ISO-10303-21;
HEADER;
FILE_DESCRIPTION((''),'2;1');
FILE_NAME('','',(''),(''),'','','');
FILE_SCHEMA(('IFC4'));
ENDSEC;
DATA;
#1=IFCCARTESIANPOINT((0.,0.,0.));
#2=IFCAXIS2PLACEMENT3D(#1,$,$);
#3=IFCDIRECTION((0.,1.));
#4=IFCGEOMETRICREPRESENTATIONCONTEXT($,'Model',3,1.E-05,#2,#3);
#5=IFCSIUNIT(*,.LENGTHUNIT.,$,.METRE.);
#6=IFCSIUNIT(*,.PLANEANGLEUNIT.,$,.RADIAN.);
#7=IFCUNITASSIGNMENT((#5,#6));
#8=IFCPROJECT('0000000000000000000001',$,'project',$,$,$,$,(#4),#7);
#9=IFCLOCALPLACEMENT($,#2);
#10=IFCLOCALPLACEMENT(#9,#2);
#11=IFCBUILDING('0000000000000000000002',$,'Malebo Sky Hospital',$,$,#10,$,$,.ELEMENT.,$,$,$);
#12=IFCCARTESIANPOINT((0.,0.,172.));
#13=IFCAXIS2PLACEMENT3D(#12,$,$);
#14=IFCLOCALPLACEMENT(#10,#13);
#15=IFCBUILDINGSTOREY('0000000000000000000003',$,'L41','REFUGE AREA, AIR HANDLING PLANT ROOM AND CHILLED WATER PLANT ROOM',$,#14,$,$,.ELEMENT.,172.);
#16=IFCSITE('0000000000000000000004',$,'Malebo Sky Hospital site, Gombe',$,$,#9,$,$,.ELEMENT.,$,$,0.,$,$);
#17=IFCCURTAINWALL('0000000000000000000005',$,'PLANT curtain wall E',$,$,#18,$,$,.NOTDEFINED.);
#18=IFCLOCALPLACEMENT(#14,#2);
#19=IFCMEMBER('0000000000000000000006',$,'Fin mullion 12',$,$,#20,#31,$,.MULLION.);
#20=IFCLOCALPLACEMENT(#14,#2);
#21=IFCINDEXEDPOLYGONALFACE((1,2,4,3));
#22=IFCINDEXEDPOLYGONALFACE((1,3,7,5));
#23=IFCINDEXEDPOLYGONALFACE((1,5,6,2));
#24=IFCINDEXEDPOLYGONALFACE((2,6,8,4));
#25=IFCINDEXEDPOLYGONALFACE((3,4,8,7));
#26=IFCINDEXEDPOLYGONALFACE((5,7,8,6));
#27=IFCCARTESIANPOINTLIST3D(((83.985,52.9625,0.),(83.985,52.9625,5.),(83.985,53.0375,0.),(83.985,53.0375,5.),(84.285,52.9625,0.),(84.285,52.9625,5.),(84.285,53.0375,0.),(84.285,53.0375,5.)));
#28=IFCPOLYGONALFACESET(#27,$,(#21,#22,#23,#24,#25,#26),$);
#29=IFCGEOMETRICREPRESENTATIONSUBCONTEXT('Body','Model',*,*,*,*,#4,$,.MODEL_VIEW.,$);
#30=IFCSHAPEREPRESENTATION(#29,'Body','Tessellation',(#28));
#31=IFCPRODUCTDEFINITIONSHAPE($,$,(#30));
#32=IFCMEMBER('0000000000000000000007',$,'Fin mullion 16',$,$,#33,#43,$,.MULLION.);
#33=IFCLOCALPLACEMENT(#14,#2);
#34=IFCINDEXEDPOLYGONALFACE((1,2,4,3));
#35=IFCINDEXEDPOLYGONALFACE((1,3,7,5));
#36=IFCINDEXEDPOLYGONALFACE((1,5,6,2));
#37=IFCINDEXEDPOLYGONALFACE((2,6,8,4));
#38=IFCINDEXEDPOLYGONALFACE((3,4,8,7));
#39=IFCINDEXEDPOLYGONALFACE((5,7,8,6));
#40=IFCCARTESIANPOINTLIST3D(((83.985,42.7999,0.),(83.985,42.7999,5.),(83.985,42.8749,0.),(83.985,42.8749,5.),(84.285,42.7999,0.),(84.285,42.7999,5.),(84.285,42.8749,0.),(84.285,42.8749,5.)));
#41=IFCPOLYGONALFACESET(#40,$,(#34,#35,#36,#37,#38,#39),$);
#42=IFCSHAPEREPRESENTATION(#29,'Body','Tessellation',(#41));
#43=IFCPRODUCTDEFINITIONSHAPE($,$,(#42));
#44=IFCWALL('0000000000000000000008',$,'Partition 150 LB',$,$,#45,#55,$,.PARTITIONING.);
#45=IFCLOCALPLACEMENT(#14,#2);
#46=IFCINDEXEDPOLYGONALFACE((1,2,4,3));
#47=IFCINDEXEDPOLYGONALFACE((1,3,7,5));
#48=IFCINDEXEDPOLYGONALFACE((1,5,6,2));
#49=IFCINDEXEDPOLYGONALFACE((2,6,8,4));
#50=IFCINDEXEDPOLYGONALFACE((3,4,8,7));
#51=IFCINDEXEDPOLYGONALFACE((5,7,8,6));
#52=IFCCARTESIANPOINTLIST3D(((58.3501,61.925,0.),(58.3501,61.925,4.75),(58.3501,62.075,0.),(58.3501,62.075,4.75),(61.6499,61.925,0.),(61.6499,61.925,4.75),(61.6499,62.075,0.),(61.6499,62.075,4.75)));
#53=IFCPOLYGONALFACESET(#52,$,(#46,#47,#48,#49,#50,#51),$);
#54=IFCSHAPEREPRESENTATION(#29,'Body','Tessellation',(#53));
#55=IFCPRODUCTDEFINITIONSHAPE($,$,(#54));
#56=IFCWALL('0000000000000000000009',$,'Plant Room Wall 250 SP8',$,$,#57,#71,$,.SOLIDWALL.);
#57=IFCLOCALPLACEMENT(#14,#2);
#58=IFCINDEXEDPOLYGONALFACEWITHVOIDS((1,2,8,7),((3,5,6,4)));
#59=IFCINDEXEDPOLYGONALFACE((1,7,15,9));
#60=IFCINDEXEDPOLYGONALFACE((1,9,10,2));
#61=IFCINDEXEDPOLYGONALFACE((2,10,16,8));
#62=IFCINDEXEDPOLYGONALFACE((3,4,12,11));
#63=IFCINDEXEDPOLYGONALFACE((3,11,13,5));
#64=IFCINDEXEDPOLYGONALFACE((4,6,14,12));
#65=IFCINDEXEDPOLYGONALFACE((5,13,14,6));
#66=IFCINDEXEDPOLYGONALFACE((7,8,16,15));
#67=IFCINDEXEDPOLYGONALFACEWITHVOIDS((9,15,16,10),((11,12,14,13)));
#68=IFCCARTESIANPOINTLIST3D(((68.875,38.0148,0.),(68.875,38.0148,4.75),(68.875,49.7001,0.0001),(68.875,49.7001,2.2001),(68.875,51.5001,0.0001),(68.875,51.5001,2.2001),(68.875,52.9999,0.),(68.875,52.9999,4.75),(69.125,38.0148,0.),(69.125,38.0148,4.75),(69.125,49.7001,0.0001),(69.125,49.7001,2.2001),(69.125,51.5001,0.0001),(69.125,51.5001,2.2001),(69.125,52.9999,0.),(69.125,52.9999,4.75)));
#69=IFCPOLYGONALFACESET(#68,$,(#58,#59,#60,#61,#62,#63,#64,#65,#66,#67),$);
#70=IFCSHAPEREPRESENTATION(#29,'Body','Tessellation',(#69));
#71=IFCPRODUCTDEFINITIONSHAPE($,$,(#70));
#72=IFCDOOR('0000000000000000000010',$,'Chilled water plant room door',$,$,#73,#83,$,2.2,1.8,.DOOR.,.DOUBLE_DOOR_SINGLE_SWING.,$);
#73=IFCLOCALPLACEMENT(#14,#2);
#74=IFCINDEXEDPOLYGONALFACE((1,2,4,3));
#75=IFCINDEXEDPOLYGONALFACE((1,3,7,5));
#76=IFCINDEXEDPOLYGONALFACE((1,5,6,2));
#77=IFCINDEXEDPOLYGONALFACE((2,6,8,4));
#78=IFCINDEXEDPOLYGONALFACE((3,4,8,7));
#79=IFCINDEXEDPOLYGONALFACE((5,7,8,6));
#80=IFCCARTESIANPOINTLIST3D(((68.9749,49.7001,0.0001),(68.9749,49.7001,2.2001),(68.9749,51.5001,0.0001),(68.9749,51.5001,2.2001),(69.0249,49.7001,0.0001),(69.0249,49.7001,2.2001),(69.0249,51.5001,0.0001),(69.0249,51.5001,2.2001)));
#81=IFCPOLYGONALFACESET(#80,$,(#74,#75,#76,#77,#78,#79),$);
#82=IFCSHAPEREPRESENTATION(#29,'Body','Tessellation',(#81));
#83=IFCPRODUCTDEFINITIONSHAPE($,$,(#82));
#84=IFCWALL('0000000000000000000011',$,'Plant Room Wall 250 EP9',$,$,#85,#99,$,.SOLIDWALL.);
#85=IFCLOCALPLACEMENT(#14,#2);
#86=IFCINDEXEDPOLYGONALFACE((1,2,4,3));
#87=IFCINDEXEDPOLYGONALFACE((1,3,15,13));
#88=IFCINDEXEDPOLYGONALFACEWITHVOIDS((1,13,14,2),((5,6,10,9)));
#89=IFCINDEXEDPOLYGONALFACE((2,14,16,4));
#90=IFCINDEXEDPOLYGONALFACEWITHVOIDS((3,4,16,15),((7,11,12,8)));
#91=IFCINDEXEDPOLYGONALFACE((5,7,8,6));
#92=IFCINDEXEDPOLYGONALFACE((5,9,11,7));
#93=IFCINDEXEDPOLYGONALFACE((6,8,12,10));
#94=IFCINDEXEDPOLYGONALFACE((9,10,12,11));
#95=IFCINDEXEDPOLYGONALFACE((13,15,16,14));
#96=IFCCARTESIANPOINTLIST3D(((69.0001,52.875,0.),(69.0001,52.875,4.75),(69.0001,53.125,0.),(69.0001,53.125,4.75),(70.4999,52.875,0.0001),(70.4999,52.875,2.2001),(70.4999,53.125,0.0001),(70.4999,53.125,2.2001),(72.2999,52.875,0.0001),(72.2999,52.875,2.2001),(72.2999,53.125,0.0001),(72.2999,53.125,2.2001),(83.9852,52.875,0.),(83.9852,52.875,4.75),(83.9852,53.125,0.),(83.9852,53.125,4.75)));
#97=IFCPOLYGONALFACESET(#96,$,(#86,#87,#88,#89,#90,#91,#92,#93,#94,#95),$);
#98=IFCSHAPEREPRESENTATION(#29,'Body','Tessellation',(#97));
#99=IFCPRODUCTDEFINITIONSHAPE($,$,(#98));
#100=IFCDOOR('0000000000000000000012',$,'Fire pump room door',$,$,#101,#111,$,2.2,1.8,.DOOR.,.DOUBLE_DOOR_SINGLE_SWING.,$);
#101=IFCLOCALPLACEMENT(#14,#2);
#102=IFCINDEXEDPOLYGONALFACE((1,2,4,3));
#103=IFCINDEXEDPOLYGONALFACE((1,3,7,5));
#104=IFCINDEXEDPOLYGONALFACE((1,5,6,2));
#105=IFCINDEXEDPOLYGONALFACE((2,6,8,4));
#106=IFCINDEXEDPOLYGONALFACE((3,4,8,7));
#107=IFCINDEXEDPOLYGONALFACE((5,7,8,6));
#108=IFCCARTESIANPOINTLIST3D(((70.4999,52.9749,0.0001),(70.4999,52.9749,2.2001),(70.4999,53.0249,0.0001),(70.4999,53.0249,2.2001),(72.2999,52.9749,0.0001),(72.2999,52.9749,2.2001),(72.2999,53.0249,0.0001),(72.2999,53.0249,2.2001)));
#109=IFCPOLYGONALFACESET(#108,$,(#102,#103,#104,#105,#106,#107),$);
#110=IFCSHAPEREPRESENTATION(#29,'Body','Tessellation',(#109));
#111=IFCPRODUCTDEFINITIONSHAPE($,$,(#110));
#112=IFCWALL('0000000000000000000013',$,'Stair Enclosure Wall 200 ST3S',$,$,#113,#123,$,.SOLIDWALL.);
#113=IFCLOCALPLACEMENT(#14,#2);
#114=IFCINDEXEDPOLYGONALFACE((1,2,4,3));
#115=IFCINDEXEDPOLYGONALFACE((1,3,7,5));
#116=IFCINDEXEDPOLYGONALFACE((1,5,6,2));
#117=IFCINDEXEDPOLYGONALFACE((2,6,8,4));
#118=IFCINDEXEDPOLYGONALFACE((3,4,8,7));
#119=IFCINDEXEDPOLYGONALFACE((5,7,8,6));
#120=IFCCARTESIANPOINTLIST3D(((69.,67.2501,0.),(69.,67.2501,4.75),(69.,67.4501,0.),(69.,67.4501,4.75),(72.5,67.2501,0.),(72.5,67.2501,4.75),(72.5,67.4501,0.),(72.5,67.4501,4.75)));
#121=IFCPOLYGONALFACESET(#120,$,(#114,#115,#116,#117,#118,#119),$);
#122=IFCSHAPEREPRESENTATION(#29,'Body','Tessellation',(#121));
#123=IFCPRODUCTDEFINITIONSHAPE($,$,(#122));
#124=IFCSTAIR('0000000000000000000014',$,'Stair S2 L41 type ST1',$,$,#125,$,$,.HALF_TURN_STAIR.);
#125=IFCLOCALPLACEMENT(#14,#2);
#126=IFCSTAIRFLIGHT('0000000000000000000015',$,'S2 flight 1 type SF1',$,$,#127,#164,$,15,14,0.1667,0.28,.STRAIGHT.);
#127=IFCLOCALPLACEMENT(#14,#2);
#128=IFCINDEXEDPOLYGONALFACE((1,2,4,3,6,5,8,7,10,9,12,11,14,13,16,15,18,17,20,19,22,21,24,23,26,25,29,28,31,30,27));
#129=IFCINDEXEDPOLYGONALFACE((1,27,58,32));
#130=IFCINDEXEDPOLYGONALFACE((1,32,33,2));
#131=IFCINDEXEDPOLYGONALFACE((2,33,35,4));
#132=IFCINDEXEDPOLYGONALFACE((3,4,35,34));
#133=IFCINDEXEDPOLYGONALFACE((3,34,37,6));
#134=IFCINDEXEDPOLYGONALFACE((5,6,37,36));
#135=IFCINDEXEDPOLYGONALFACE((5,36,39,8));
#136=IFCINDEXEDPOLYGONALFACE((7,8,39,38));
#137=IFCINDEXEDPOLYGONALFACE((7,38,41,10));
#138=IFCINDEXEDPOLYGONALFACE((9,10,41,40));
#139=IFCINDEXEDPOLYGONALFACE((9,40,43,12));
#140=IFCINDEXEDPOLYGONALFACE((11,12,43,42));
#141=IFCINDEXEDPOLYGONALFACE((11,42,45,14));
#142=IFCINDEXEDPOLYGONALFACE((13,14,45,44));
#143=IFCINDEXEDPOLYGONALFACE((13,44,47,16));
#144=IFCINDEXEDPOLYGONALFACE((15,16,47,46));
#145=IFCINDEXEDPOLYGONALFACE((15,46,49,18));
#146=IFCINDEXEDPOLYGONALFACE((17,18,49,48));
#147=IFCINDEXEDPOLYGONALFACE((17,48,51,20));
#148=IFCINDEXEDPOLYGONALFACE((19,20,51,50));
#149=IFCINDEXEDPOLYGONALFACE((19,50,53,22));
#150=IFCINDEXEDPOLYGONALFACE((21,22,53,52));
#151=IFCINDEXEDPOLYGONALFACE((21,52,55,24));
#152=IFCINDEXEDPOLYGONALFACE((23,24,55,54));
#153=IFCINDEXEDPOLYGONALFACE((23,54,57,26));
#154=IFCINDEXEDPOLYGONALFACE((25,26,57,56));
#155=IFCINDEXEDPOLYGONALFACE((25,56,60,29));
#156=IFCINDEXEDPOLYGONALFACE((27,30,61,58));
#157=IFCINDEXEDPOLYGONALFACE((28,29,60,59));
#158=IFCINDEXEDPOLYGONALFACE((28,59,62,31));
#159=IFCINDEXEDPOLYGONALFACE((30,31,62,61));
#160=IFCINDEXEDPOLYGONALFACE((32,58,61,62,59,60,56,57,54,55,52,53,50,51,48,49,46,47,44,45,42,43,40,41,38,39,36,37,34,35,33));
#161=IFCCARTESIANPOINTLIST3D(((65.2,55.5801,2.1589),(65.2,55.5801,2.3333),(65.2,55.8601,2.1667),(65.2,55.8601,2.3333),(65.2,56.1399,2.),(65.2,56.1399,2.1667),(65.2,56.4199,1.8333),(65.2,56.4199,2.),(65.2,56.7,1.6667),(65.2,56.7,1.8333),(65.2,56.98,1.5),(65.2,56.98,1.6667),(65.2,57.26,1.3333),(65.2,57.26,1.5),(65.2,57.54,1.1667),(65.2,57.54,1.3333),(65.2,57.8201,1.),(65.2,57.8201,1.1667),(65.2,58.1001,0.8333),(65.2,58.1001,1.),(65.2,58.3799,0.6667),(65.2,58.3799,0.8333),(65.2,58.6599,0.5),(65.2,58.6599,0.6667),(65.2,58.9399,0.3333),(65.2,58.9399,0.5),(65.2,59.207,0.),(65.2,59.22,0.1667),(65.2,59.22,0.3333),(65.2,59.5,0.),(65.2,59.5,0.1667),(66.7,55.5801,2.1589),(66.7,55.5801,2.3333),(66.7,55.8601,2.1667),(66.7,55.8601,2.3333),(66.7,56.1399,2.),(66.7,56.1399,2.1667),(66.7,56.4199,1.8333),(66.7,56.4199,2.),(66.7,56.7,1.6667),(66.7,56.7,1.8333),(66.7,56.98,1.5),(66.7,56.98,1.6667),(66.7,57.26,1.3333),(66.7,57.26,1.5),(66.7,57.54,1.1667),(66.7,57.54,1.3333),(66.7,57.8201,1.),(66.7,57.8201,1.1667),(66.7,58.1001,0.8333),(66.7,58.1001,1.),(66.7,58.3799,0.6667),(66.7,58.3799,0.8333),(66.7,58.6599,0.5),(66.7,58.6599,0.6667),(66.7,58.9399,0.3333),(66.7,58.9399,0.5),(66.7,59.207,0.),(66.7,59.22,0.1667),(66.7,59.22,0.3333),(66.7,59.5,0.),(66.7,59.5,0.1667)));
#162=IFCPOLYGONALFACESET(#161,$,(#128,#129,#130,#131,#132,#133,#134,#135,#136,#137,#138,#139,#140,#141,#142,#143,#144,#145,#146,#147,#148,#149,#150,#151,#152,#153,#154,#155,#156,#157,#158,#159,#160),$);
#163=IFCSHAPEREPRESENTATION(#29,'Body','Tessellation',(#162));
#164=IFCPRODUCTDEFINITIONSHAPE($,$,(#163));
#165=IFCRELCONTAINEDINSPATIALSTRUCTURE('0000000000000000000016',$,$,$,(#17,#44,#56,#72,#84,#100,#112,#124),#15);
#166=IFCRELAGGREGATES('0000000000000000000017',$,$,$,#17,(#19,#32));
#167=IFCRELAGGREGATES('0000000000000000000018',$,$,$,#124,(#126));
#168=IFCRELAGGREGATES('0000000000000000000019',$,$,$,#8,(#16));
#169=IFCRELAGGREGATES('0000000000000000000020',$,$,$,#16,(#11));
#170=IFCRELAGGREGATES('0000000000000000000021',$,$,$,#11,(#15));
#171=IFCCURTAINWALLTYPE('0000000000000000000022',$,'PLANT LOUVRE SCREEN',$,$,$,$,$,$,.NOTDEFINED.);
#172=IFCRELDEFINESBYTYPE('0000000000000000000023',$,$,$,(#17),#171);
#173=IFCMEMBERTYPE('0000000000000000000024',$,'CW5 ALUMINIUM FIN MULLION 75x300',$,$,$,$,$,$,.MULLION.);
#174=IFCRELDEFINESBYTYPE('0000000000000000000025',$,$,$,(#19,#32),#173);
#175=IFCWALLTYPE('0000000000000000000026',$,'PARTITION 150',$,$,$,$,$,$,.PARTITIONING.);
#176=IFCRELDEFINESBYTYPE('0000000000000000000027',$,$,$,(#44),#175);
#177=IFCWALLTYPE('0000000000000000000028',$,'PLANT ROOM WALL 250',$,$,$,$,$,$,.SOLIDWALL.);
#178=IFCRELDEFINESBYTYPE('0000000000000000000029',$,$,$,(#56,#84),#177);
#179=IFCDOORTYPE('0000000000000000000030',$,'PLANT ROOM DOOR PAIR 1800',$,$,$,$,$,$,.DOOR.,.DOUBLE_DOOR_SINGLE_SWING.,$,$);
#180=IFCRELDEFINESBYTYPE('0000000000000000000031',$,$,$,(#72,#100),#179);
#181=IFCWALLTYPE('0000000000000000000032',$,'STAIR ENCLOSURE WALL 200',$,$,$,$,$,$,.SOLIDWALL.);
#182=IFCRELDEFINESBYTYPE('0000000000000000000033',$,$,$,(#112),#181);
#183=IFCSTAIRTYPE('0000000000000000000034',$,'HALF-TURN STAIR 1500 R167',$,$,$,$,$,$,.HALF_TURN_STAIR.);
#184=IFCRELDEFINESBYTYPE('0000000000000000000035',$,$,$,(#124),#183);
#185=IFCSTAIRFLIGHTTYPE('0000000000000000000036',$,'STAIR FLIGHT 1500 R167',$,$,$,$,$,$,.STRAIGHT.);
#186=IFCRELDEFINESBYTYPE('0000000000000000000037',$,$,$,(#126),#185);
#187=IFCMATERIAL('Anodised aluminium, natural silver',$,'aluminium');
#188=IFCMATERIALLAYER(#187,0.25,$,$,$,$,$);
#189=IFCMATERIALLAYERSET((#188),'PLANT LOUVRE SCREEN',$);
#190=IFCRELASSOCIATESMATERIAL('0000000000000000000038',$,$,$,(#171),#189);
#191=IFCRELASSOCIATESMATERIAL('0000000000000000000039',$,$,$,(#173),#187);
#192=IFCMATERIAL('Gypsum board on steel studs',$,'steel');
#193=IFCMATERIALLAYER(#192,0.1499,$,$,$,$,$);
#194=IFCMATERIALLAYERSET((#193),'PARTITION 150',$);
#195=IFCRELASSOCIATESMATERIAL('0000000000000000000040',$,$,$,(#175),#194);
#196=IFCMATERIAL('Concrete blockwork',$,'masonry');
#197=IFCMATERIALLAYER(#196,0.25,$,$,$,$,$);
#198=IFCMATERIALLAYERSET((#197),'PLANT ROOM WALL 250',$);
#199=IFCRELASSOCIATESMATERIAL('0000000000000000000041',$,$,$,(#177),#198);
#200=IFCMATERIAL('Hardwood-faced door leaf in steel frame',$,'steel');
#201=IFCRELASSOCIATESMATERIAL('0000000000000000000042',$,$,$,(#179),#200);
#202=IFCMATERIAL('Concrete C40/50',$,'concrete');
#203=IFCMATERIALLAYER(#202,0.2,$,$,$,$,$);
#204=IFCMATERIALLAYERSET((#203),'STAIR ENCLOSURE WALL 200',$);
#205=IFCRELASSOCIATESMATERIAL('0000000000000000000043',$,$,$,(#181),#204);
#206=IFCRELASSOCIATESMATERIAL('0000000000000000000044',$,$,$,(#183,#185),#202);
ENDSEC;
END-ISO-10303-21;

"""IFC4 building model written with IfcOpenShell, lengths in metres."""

from ifc_helpers import new_model, si_unit, direction, frame, frame_2d, origin, origin_2d, place, context, subcontext, project, spatial, polyline, rectangle, outline, extrude, material, layer, layer_set, material_profile, profile_set, type_object, element, fill, aggregate, save


model = new_model("IFC4")

# Units and contexts
model_context = context("Model", 3, precision=1e-05, world=origin(), true_north=direction((0.0, 1.0)))
body_context = subcontext(model_context, "Body", "Model", "MODEL_VIEW")
ifc_project = project(units=[si_unit("LENGTHUNIT", "METRE"), si_unit("PLANEANGLEUNIT", "RADIAN")], contexts=[model_context])

# Site, building, storey
site_placement = place(None, origin())
site = spatial("IfcSite", under=ifc_project, at=site_placement, Name="Malebo Sky Hospital site, Gombe", CompositionType="ELEMENT", RefElevation=0.0)
building_placement = place(site_placement, origin())
building = spatial("IfcBuilding", under=site, at=building_placement, Name="Malebo Sky Hospital", CompositionType="ELEMENT")
storey_placement = place(building_placement, frame((0.0, 0.0, 172.0)))
storey = spatial("IfcBuildingStorey", under=building, at=storey_placement, Name="L41", Description="REFUGE AREA, AIR HANDLING PLANT ROOM AND CHILLED WATER PLANT ROOM", CompositionType="ELEMENT", Elevation=172.0)

# Curtain wall, members
ifc_material_1 = material(Name="Anodised aluminium, natural silver", Category="aluminium")
ifc_layer_1 = layer(ifc_material_1, 0.25)
ifc_layer_set_1 = layer_set([ifc_layer_1], Name="PLANT LOUVRE SCREEN")
curtain_wall_type = type_object("IfcCurtainWallType", Name="PLANT LOUVRE SCREEN", PredefinedType="NOTDEFINED", material=ifc_layer_set_1)
curtain_wall_placement = place(storey_placement, origin())
curtain_wall = element("IfcCurtainWall", 1, at=curtain_wall_placement, inside=storey, type_object=curtain_wall_type, Name="PLANT curtain wall E", PredefinedType="NOTDEFINED")
ifc_material_profile_1 = material_profile(ifc_material_1, rectangle(XDim=0.075, YDim=0.3, at=origin_2d()), Name="CW5 ALUMINIUM FIN MULLION 75x300")
ifc_profile_set_1 = profile_set([ifc_material_profile_1], Name="Anodised aluminium, natural silver")
member_type_1 = type_object("IfcMemberType", Name="CW5 ALUMINIUM FIN MULLION 75x300", PredefinedType="MULLION", material=ifc_profile_set_1)
member_1_placement = place(storey_placement, frame((84.135, 53.0, 0.0), z_axis=(0.0, 0.0, 1.0), x_axis=(0.0, -1.0, 0.0)))
member_1 = element("IfcMember", 2, at=member_1_placement, type_object=member_type_1, Name="Fin mullion 12", PredefinedType="MULLION", context=body_context, shape_type="SweptSolid", body=[
    extrude(rectangle(XDim=0.075, YDim=0.3, at=origin_2d()), origin(), (0.0, 0.0, 1.0), 5.0),
])
member_2_placement = place(storey_placement, frame((84.135, 42.8374, 0.0), z_axis=(0.0, 0.0, 1.0), x_axis=(0.0, -1.0, 0.0)))
member_2 = element("IfcMember", 3, at=member_2_placement, type_object=member_type_1, Name="Fin mullion 16", PredefinedType="MULLION", context=body_context, shape_type="SweptSolid", body=[
    extrude(rectangle(XDim=0.075, YDim=0.3, at=origin_2d()), origin(), (0.0, 0.0, 1.0), 5.0),
])
aggregate(curtain_wall, [member_1, member_2])

# Wall
ifc_material_2 = material(Name="Gypsum board on steel studs", Category="steel")
ifc_layer_2 = layer(ifc_material_2, 0.1499)
ifc_layer_set_2 = layer_set([ifc_layer_2], Name="PARTITION 150")
wall_type_1 = type_object("IfcWallType", Name="PARTITION 150", PredefinedType="PARTITIONING", material=ifc_layer_set_2)
wall_1_placement = place(storey_placement, frame((58.3501, 62.0, 0.0), z_axis=(0.0, 0.0, 1.0), x_axis=(1.0, 0.0, 0.0)))
element("IfcWall", 4, at=wall_1_placement, inside=storey, type_object=wall_type_1, Name="Partition 150 LB", PredefinedType="PARTITIONING", context=body_context, shape_type="SweptSolid", body=[
    extrude(rectangle(XDim=3.2998, YDim=0.1499, at=frame_2d((1.6499, 0.0))), origin(), (0.0, 0.0, 1.0), 4.75),
])

# Walls, openings, doors
ifc_material_3 = material(Name="Concrete blockwork", Category="masonry")
ifc_layer_3 = layer(ifc_material_3, 0.25)
ifc_layer_set_3 = layer_set([ifc_layer_3], Name="PLANT ROOM WALL 250")
wall_type_2 = type_object("IfcWallType", Name="PLANT ROOM WALL 250", PredefinedType="SOLIDWALL", material=ifc_layer_set_3)
wall_2_placement = place(storey_placement, frame((69.0, 53.0, 0.0), z_axis=(0.0, 0.0, 1.0), x_axis=(0.0, -1.0, 0.0)))
wall_2 = element("IfcWall", 5, at=wall_2_placement, inside=storey, type_object=wall_type_2, Name="Plant Room Wall 250 SP8", PredefinedType="SOLIDWALL", context=body_context, shape_type="SweptSolid", body=[
    extrude(rectangle(XDim=14.9851, YDim=0.25, at=frame_2d((7.4927, 0.0))), origin(), (0.0, 0.0, 1.0), 4.75),
])
opening_1_placement = place(wall_2_placement, frame((1.5, 0.0, 0.0)))
opening_1 = element("IfcOpeningElement", 6, at=opening_1_placement, cuts=wall_2, PredefinedType="OPENING", context=body_context, shape_type="SweptSolid", body=[
    extrude(rectangle(XDim=1.8, YDim=2.2, at=frame_2d((0.8999, 1.1001))), frame((0.0, 0.135, 0.0), z_axis=(0.0, -1.0, 0.0), x_axis=(1.0, 0.0, 0.0)), (0.0, 0.0, 1.0), 0.27),
])
ifc_material_4 = material(Name="Hardwood-faced door leaf in steel frame", Category="steel")
door_type = type_object("IfcDoorType", Name="PLANT ROOM DOOR PAIR 1800", OperationType="DOUBLE_DOOR_SINGLE_SWING", PredefinedType="DOOR", material=ifc_material_4)
door_1_placement = place(opening_1_placement, origin())
door_1 = element("IfcDoor", 7, at=door_1_placement, inside=storey, type_object=door_type, Name="Chilled water plant room door", OperationType="DOUBLE_DOOR_SINGLE_SWING", OverallHeight=2.2, OverallWidth=1.8, PredefinedType="DOOR", context=body_context, shape_type="SweptSolid", body=[
    extrude(rectangle(XDim=1.8, YDim=2.2, at=frame_2d((0.8999, 1.1001))), frame((0.0, 0.0249, 0.0), z_axis=(0.0, -1.0, 0.0), x_axis=(1.0, 0.0, 0.0)), (0.0, 0.0, 1.0), 0.05),
])
fill(opening_1, door_1)
wall_3_placement = place(storey_placement, frame((69.0, 53.0, 0.0), z_axis=(0.0, 0.0, 1.0), x_axis=(1.0, 0.0, 0.0)))
wall_3 = element("IfcWall", 8, at=wall_3_placement, inside=storey, type_object=wall_type_2, Name="Plant Room Wall 250 EP9", PredefinedType="SOLIDWALL", context=body_context, shape_type="SweptSolid", body=[
    extrude(rectangle(XDim=14.9851, YDim=0.25, at=frame_2d((7.4927, 0.0))), origin(), (0.0, 0.0, 1.0), 4.75),
])
opening_2_placement = place(wall_3_placement, frame((1.5, 0.0, 0.0)))
opening_2 = element("IfcOpeningElement", 9, at=opening_2_placement, cuts=wall_3, PredefinedType="OPENING", context=body_context, shape_type="SweptSolid", body=[
    extrude(rectangle(XDim=1.8, YDim=2.2, at=frame_2d((0.8999, 1.1001))), frame((0.0, 0.135, 0.0), z_axis=(0.0, -1.0, 0.0), x_axis=(1.0, 0.0, 0.0)), (0.0, 0.0, 1.0), 0.27),
])
door_2_placement = place(opening_2_placement, origin())
door_2 = element("IfcDoor", 10, at=door_2_placement, inside=storey, type_object=door_type, Name="Fire pump room door", OperationType="DOUBLE_DOOR_SINGLE_SWING", OverallHeight=2.2, OverallWidth=1.8, PredefinedType="DOOR", context=body_context, shape_type="SweptSolid", body=[
    extrude(rectangle(XDim=1.8, YDim=2.2, at=frame_2d((0.8999, 1.1001))), frame((0.0, 0.0249, 0.0), z_axis=(0.0, -1.0, 0.0), x_axis=(1.0, 0.0, 0.0)), (0.0, 0.0, 1.0), 0.05),
])
fill(opening_2, door_2)

# Wall
ifc_material_5 = material(Name="Concrete C40/50", Category="concrete")
ifc_layer_4 = layer(ifc_material_5, 0.2)
ifc_layer_set_4 = layer_set([ifc_layer_4], Name="STAIR ENCLOSURE WALL 200")
wall_type_3 = type_object("IfcWallType", Name="STAIR ENCLOSURE WALL 200", PredefinedType="SOLIDWALL", material=ifc_layer_set_4)
wall_4_placement = place(storey_placement, frame((69.0, 67.3501, 0.0), z_axis=(0.0, 0.0, 1.0), x_axis=(1.0, 0.0, 0.0)))
element("IfcWall", 11, at=wall_4_placement, inside=storey, type_object=wall_type_3, Name="Stair Enclosure Wall 200 ST3S", PredefinedType="SOLIDWALL", context=body_context, shape_type="SweptSolid", body=[
    extrude(rectangle(XDim=3.5, YDim=0.2, at=frame_2d((1.75, 0.0))), origin(), (0.0, 0.0, 1.0), 4.75),
])

# Stair, stair flight
stair_type = type_object("IfcStairType", Name="HALF-TURN STAIR 1500 R167", PredefinedType="HALF_TURN_STAIR", material=ifc_material_5)
stair_placement = place(storey_placement, origin())
stair = element("IfcStair", 12, at=stair_placement, inside=storey, type_object=stair_type, Name="Stair S2 L41 type ST1", PredefinedType="HALF_TURN_STAIR")
stair_flight_type = type_object("IfcStairFlightType", Name="STAIR FLIGHT 1500 R167", PredefinedType="STRAIGHT", material=ifc_material_5)
stair_flight_placement = place(storey_placement, frame((65.95, 59.5, 0.0), z_axis=(0.0, 0.0, 1.0), x_axis=(0.0, -1.0, 0.0)))
stair_flight = element("IfcStairFlight", 13, at=stair_flight_placement, type_object=stair_flight_type, Name="S2 flight 1 type SF1", NumberOfRisers=15, NumberOfTreads=14, PredefinedType="STRAIGHT", RiserHeight=0.1667, TreadLength=0.28, context=body_context, shape_type="SweptSolid", body=[
    extrude(outline(polyline([(0.0, 0.0), (0.0, 0.1667), (0.28, 0.1667), (0.28, 0.3333), (0.5601, 0.3333), (0.5601, 0.5), (0.8401, 0.5), (0.8401, 0.6667), (1.1201, 0.6667), (1.1201, 0.8333), (1.3999, 0.8333), (1.3999, 1.0), (1.6799, 1.0), (1.6799, 1.1667), (1.96, 1.1667), (1.96, 1.3333), (2.24, 1.3333), (2.24, 1.5), (2.52, 1.5), (2.52, 1.6667), (2.8, 1.6667), (2.8, 1.8333), (3.0801, 1.8333), (3.0801, 2.0), (3.3601, 2.0), (3.3601, 2.1667), (3.6399, 2.1667), (3.6399, 2.3333), (3.9199, 2.3333), (3.9199, 2.5), (3.9199, 2.1589), (0.293, 0.0), (0.0, 0.0)])), frame((0.0, 0.75, 0.0), z_axis=(0.0, -1.0, 0.0), x_axis=(1.0, 0.0, 0.0)), (0.0, 0.0, 1.0), 1.5),
])
aggregate(stair, [stair_flight])

save(model, "model.ifc")
